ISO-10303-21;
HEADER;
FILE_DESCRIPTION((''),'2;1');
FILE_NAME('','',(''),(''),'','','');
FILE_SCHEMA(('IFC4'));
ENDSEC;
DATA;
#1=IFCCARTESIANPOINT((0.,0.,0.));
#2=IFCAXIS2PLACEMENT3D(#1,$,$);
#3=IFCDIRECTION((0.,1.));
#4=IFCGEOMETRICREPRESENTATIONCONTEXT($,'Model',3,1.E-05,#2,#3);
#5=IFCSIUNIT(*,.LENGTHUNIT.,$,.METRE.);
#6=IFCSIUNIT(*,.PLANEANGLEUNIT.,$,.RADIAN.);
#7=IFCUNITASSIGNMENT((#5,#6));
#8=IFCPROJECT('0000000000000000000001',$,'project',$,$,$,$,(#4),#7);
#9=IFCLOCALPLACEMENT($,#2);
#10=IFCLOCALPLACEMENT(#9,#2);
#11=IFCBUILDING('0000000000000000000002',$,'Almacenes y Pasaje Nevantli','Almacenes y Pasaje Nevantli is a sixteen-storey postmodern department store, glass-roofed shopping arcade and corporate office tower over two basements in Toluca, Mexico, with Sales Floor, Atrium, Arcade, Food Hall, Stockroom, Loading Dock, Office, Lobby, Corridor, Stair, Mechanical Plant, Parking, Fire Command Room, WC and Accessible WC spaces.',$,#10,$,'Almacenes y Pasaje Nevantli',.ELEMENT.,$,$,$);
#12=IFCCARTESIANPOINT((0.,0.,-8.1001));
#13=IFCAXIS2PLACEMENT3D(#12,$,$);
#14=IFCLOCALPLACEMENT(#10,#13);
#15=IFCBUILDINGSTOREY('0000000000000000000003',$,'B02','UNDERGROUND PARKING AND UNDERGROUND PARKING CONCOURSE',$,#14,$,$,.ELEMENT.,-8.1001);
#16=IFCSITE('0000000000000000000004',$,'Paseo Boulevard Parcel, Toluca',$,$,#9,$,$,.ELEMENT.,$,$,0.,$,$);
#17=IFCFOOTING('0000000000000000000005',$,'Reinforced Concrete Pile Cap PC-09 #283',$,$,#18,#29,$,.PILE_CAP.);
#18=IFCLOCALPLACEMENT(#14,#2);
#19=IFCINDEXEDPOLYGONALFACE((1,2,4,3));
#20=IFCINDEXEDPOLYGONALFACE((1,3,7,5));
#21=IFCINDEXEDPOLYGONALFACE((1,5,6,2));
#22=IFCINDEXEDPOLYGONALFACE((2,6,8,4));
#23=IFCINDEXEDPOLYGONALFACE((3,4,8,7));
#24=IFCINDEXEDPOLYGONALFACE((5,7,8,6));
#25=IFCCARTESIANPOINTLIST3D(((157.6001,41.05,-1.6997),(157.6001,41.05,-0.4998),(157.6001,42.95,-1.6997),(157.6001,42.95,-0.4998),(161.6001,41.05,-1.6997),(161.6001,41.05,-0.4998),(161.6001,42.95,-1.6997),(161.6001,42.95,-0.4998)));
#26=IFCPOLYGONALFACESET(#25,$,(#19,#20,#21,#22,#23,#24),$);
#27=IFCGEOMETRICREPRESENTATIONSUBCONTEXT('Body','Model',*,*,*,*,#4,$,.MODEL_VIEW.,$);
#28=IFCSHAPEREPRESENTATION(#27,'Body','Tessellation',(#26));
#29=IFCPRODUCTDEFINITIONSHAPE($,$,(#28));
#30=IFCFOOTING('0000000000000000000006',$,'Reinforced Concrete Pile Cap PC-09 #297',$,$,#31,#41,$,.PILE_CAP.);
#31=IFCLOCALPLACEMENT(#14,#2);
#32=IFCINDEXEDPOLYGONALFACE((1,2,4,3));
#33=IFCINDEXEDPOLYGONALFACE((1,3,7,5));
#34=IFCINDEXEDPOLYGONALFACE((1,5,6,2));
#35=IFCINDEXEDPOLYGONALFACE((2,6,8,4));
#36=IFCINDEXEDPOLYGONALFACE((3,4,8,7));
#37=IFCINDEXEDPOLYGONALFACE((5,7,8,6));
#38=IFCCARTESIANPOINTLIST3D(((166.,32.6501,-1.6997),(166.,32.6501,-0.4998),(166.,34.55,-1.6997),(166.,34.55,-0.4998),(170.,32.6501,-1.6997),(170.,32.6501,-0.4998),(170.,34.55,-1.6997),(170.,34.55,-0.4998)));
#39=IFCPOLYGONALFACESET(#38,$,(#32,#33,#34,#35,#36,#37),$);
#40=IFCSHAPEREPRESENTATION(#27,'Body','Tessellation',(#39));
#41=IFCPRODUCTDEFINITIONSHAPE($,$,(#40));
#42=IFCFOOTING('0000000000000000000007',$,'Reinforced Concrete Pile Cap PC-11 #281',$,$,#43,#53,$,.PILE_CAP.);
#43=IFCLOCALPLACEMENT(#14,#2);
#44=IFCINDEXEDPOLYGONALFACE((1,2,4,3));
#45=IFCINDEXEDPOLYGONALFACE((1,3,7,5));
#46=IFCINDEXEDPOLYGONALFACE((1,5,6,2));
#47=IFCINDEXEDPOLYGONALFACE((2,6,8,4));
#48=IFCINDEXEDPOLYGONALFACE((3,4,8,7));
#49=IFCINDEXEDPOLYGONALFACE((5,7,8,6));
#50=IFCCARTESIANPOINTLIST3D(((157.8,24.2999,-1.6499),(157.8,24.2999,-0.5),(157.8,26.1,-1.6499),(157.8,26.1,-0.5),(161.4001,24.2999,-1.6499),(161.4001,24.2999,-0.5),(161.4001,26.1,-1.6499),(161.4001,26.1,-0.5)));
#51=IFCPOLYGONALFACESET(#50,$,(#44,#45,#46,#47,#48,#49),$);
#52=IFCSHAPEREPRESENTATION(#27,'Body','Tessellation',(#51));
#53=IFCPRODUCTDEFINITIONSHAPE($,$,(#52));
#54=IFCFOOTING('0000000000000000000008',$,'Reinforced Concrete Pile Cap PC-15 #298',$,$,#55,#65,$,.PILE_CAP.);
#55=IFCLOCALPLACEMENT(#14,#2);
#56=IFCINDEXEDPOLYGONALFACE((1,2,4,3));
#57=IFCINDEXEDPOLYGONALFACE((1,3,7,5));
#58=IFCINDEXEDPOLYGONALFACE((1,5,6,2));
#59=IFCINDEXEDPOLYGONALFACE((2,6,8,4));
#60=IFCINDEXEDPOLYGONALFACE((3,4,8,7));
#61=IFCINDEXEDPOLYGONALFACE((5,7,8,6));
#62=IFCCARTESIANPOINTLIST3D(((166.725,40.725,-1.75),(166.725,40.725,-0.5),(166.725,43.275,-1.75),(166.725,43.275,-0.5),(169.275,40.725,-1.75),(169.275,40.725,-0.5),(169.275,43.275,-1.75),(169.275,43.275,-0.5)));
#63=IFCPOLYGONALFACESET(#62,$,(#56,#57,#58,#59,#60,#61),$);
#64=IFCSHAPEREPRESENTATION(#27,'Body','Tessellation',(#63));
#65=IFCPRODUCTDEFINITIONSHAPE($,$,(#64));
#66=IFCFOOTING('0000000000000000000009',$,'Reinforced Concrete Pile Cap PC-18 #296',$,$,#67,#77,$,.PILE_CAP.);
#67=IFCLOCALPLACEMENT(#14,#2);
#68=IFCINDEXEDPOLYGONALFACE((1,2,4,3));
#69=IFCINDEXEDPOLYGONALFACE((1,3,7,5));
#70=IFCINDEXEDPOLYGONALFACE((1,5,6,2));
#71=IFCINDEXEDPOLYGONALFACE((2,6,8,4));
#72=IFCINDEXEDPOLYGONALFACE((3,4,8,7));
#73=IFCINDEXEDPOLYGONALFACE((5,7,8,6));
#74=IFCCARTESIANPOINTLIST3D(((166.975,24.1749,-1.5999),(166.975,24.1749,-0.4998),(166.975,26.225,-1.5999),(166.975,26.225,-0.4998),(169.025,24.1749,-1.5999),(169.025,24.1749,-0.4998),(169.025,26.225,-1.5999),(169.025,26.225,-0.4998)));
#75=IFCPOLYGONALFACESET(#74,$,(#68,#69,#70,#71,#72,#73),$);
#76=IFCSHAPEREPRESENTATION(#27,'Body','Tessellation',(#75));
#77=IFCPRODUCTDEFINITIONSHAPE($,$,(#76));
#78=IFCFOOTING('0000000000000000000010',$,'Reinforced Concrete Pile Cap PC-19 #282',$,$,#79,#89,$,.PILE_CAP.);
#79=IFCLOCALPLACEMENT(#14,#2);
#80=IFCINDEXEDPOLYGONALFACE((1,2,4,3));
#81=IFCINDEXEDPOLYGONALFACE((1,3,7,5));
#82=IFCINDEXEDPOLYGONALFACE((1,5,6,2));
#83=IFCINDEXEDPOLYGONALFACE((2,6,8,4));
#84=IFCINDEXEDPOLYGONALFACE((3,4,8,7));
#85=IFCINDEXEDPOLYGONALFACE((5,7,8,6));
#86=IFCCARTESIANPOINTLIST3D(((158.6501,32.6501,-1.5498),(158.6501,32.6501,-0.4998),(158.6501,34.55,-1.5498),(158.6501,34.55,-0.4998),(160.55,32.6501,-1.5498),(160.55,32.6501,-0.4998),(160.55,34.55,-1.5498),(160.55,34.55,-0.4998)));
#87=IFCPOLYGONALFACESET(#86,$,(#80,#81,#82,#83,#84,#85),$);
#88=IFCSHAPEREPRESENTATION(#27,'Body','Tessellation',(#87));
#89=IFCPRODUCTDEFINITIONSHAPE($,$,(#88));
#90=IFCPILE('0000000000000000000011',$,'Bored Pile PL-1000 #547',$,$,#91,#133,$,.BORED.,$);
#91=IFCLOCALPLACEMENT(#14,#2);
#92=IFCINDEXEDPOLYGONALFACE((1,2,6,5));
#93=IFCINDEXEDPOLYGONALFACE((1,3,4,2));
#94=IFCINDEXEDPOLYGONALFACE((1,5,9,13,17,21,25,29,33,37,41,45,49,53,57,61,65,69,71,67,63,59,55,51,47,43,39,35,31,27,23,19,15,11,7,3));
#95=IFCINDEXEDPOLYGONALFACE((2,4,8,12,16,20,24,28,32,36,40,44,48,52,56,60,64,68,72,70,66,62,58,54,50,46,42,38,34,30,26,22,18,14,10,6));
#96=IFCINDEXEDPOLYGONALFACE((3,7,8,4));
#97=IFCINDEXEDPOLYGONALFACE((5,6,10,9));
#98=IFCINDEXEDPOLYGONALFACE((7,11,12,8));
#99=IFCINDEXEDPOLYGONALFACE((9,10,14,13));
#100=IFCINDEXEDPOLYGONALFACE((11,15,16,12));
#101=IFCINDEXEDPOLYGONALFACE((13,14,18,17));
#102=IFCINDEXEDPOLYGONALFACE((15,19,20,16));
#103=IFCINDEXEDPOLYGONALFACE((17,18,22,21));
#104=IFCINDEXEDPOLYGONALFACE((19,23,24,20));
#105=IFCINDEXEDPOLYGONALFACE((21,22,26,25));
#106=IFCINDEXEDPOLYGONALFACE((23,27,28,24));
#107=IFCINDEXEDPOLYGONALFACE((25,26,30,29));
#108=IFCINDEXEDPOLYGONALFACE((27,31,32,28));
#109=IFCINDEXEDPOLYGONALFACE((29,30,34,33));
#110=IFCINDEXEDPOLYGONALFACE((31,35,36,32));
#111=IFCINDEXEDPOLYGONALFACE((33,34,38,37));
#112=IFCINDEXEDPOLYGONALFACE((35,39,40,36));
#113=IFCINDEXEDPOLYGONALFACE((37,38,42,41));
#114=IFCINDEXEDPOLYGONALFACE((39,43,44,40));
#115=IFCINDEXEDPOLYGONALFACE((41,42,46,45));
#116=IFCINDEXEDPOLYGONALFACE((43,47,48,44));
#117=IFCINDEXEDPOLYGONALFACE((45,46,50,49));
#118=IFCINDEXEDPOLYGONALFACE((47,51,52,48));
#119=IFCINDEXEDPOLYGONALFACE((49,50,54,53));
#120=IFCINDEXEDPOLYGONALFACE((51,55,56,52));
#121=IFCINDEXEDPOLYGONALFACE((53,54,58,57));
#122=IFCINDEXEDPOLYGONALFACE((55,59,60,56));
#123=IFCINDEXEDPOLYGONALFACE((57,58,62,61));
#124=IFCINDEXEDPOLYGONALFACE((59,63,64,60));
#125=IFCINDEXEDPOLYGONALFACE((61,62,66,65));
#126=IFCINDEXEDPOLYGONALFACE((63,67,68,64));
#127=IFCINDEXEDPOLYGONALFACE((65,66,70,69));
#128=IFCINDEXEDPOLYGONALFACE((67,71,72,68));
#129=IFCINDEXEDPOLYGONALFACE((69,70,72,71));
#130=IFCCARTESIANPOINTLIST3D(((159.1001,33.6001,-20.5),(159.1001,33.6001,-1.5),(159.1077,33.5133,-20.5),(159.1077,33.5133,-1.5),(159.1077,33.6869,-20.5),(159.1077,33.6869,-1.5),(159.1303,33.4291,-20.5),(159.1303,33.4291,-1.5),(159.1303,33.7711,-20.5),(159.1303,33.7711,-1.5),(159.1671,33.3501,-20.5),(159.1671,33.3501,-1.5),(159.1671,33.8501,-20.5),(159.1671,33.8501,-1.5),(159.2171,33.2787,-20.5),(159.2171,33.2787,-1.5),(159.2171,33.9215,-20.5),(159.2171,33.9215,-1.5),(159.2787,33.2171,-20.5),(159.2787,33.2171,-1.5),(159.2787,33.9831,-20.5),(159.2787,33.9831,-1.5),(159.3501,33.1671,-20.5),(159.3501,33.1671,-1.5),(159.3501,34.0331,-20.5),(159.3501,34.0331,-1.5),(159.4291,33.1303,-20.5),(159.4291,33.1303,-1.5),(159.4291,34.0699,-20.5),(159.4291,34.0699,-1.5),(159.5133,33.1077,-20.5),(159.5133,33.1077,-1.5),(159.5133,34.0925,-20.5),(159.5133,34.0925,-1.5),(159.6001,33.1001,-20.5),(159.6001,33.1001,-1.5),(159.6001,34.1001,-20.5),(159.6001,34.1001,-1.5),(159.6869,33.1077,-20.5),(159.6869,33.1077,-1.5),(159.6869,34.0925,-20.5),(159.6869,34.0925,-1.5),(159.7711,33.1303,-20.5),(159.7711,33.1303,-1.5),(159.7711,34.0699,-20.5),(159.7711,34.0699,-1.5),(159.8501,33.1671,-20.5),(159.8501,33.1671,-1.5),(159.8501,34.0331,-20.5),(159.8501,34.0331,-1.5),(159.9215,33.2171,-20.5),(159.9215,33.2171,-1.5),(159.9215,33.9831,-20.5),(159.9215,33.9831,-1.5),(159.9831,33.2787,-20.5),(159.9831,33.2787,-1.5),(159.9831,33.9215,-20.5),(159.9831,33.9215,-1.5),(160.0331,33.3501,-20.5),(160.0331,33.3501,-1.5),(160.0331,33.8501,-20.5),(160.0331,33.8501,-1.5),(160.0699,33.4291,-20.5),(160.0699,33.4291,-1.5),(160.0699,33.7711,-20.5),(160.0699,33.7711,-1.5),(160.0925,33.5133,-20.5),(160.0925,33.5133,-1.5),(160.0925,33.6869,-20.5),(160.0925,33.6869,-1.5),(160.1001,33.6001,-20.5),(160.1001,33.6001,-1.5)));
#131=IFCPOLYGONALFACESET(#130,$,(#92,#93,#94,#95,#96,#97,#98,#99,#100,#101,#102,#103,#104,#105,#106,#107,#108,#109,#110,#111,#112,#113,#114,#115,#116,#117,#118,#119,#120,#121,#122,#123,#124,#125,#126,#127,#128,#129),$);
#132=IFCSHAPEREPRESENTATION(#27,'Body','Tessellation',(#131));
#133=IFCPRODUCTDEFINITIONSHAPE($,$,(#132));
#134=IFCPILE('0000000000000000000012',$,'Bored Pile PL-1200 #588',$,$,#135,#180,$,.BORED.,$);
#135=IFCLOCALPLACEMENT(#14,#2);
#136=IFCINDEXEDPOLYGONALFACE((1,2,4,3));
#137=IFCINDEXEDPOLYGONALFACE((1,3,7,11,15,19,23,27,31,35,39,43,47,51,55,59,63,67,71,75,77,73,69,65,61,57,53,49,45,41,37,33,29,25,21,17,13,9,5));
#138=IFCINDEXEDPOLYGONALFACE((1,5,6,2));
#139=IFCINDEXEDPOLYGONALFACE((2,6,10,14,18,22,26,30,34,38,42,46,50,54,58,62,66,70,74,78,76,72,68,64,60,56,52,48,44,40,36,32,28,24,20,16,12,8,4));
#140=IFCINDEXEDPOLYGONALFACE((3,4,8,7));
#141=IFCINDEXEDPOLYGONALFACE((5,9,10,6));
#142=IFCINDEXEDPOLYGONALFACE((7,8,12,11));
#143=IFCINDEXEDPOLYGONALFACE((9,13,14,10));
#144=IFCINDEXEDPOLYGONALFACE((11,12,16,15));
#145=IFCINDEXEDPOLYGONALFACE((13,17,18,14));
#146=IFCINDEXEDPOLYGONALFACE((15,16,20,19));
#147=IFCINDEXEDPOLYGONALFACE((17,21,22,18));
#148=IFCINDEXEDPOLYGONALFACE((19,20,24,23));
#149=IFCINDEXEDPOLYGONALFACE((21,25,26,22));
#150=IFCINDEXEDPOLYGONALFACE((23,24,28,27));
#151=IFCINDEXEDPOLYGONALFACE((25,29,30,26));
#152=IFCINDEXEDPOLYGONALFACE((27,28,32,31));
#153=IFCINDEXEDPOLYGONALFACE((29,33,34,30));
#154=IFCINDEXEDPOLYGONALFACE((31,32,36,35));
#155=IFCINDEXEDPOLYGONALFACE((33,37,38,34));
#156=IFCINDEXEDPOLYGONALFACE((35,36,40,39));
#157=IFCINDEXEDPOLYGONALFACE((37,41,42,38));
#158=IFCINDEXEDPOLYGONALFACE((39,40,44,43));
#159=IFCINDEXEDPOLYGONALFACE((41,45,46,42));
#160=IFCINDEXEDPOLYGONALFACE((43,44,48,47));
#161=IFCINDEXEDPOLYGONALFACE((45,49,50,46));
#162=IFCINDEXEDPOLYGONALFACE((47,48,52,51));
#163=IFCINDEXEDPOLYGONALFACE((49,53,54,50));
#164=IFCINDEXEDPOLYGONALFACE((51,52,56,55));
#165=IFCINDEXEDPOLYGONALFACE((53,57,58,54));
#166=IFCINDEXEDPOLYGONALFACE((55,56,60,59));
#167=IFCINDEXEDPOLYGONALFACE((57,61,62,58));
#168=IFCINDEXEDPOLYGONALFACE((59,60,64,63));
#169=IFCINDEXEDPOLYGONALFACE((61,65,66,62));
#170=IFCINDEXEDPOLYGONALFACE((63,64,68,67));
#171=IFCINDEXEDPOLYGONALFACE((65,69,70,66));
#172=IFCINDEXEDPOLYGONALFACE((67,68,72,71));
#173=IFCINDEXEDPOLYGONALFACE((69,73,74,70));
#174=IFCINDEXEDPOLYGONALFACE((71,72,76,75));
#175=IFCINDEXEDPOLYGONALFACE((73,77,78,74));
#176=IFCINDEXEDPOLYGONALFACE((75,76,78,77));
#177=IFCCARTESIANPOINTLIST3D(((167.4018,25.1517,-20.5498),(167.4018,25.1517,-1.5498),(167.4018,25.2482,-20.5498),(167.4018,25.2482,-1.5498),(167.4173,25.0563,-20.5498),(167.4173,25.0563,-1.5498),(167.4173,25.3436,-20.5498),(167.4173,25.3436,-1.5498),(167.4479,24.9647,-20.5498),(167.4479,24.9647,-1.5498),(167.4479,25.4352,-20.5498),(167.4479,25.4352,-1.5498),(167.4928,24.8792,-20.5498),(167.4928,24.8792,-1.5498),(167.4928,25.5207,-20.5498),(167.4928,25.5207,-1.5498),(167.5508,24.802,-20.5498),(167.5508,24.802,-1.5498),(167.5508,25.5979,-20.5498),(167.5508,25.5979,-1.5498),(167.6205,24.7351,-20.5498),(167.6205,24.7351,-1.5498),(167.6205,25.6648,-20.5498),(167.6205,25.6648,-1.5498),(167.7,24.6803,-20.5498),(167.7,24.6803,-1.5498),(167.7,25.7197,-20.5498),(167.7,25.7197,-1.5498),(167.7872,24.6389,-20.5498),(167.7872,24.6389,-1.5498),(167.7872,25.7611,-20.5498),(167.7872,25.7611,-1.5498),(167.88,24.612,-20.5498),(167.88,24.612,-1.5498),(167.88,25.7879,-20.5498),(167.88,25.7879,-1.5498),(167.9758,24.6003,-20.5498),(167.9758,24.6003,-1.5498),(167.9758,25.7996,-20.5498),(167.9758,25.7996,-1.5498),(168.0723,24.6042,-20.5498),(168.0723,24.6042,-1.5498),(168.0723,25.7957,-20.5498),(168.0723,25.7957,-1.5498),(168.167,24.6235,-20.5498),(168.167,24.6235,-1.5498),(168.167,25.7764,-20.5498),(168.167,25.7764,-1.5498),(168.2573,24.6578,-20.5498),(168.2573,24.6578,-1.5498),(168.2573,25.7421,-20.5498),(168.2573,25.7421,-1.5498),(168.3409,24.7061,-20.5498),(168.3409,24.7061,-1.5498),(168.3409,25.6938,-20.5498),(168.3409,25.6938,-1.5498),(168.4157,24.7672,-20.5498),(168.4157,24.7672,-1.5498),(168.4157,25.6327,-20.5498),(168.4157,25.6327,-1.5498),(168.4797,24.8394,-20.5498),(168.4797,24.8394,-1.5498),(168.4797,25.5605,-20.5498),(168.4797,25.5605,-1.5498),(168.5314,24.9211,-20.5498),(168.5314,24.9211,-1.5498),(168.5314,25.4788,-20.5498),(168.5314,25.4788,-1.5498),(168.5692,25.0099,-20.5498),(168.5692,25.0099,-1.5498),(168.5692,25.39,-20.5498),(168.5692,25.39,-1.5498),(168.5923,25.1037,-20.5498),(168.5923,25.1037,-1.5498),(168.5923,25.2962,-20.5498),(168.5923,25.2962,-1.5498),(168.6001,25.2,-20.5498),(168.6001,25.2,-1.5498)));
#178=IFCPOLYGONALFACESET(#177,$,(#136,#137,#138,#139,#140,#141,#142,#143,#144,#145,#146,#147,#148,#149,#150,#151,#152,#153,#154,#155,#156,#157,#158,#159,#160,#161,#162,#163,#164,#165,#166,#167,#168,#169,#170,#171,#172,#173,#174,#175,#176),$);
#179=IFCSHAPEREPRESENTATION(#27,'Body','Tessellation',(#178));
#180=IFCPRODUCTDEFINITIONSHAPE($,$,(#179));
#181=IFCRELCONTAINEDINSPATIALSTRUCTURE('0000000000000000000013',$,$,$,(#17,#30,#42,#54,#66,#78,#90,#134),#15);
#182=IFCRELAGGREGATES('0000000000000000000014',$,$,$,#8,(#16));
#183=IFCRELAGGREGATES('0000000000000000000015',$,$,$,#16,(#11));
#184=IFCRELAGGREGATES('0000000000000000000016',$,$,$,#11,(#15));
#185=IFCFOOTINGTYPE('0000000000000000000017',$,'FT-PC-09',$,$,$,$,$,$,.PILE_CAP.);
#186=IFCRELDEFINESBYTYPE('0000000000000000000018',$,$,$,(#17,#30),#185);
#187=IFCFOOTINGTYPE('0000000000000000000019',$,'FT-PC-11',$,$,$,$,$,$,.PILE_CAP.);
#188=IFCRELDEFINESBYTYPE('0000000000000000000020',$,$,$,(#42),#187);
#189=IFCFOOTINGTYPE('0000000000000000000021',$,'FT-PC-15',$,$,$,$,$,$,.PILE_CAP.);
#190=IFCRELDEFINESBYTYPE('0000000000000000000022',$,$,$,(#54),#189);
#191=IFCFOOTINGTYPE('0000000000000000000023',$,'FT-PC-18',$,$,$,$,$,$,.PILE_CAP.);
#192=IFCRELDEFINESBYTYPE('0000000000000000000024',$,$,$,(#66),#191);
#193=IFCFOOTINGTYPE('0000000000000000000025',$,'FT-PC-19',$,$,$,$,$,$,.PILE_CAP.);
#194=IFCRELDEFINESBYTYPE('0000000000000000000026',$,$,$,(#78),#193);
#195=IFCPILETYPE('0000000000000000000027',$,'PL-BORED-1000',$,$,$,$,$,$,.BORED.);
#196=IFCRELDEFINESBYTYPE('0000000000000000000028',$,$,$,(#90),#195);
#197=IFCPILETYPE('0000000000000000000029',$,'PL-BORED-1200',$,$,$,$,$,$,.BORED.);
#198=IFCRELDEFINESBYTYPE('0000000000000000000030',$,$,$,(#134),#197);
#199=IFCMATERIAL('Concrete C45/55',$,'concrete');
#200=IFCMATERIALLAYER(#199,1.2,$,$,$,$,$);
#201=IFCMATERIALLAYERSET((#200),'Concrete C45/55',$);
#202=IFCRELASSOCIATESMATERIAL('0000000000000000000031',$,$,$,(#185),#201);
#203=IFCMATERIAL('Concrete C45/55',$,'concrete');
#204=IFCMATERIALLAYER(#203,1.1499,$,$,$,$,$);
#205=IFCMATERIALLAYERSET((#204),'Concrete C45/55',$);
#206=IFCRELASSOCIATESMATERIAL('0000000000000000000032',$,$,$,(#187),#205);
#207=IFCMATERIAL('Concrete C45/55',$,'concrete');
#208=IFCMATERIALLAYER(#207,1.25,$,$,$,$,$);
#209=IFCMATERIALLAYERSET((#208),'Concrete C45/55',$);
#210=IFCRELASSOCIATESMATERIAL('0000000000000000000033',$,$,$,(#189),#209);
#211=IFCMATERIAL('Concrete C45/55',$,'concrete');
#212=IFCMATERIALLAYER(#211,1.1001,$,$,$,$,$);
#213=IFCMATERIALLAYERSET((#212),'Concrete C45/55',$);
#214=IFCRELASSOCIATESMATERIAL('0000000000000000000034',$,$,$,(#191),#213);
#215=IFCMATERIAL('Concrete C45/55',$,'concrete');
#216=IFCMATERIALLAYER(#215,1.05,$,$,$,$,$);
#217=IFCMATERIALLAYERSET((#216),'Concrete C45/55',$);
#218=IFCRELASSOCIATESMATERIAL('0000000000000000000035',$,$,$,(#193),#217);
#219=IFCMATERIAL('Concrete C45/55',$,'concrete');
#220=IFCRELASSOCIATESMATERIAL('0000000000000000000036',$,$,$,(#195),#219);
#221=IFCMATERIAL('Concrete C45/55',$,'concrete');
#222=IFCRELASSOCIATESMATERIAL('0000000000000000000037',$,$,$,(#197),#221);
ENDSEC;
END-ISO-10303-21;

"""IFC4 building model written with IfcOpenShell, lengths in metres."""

from ifc_helpers import new_model, si_unit, direction, frame, origin, origin_2d, place, context, subcontext, project, spatial, rectangle, circle, extrude, material, layer, layer_set, material_profile, profile_set, type_object, element, save


model = new_model("IFC4")

# Units and contexts
model_context = context("Model", 3, precision=1e-05, world=origin(), true_north=direction((0.0, 1.0)))
body_context = subcontext(model_context, "Body", "Model", "MODEL_VIEW")
ifc_project = project(units=[si_unit("LENGTHUNIT", "METRE"), si_unit("PLANEANGLEUNIT", "RADIAN")], contexts=[model_context])

# Site, building, storey
site_placement = place(None, origin())
site = spatial("IfcSite", under=ifc_project, at=site_placement, Name="Paseo Boulevard Parcel, Toluca", CompositionType="ELEMENT", RefElevation=0.0)
building_placement = place(site_placement, origin())
building = spatial("IfcBuilding", under=site, at=building_placement, Name="Almacenes y Pasaje Nevantli", Description="Almacenes y Pasaje Nevantli is a sixteen-storey postmodern department store, glass-roofed shopping arcade and corporate office tower over two basements in Toluca, Mexico, with Sales Floor, Atrium, Arcade, Food Hall, Stockroom, Loading Dock, Office, Lobby, Corridor, Stair, Mechanical Plant, Parking, Fire Command Room, WC and Accessible WC spaces.", LongName="Almacenes y Pasaje Nevantli", CompositionType="ELEMENT")
storey_placement = place(building_placement, frame((0.0, 0.0, -8.1001)))
storey = spatial("IfcBuildingStorey", under=building, at=storey_placement, Name="B02", Description="UNDERGROUND PARKING AND UNDERGROUND PARKING CONCOURSE", CompositionType="ELEMENT", Elevation=-8.1001)

# Footings
ifc_material_1 = material(Name="Concrete C45/55", Category="concrete")
ifc_layer_1 = layer(ifc_material_1, 1.2)
ifc_layer_set_1 = layer_set([ifc_layer_1], Name="Concrete C45/55")
footing_type_1 = type_object("IfcFootingType", Name="FT-PC-09", PredefinedType="PILE_CAP", material=ifc_layer_set_1)
for number, where, z_axis, x_axis, name in (
    (1, (159.6001, 42.0, -1.6997), (0.0, 0.0, 1.0), (1.0, 0.0, 0.0), "Reinforced Concrete Pile Cap PC-09 #283"),
    (2, (168.0, 33.6001, -1.6997), (0.0, 0.0, 1.0), (1.0, 0.0, 0.0), "Reinforced Concrete Pile Cap PC-09 #297"),
):
    element("IfcFooting", number, at=place(storey_placement, frame(where, z_axis=z_axis, x_axis=x_axis)), inside=storey, type_object=footing_type_1, Name=name, PredefinedType="PILE_CAP", context=body_context, shape_type="SweptSolid", body=[
        extrude(rectangle(XDim=4.0, YDim=1.8999, at=origin_2d()), origin(), (0.0, 0.0, 1.0), 1.2),
    ])
ifc_material_2 = material(Name="Concrete C45/55", Category="concrete")
ifc_layer_2 = layer(ifc_material_2, 1.1499)
ifc_layer_set_2 = layer_set([ifc_layer_2], Name="Concrete C45/55")
footing_type_2 = type_object("IfcFootingType", Name="FT-PC-11", PredefinedType="PILE_CAP", material=ifc_layer_set_2)
footing_1_placement = place(storey_placement, frame((159.6001, 25.2, -1.6499), z_axis=(0.0, 0.0, 1.0), x_axis=(1.0, 0.0, 0.0)))
element("IfcFooting", 3, at=footing_1_placement, inside=storey, type_object=footing_type_2, Name="Reinforced Concrete Pile Cap PC-11 #281", PredefinedType="PILE_CAP", context=body_context, shape_type="SweptSolid", body=[
    extrude(rectangle(XDim=3.6001, YDim=1.8, at=origin_2d()), origin(), (0.0, 0.0, 1.0), 1.1499),
])
ifc_material_3 = material(Name="Concrete C45/55", Category="concrete")
ifc_layer_3 = layer(ifc_material_3, 1.25)
ifc_layer_set_3 = layer_set([ifc_layer_3], Name="Concrete C45/55")
footing_type_3 = type_object("IfcFootingType", Name="FT-PC-15", PredefinedType="PILE_CAP", material=ifc_layer_set_3)
footing_2_placement = place(storey_placement, frame((168.0, 42.0, -1.75), z_axis=(0.0, 0.0, 1.0), x_axis=(1.0, 0.0, 0.0)))
element("IfcFooting", 4, at=footing_2_placement, inside=storey, type_object=footing_type_3, Name="Reinforced Concrete Pile Cap PC-15 #298", PredefinedType="PILE_CAP", context=body_context, shape_type="SweptSolid", body=[
    extrude(rectangle(XDim=2.55, YDim=2.55, at=origin_2d()), origin(), (0.0, 0.0, 1.0), 1.25),
])
ifc_material_4 = material(Name="Concrete C45/55", Category="concrete")
ifc_layer_4 = layer(ifc_material_4, 1.1001)
ifc_layer_set_4 = layer_set([ifc_layer_4], Name="Concrete C45/55")
footing_type_4 = type_object("IfcFootingType", Name="FT-PC-18", PredefinedType="PILE_CAP", material=ifc_layer_set_4)
footing_3_placement = place(storey_placement, frame((168.0, 25.2, -1.5999), z_axis=(0.0, 0.0, 1.0), x_axis=(1.0, 0.0, 0.0)))
element("IfcFooting", 5, at=footing_3_placement, inside=storey, type_object=footing_type_4, Name="Reinforced Concrete Pile Cap PC-18 #296", PredefinedType="PILE_CAP", context=body_context, shape_type="SweptSolid", body=[
    extrude(rectangle(XDim=2.05, YDim=2.05, at=origin_2d()), origin(), (0.0, 0.0, 1.0), 1.1001),
])
ifc_material_5 = material(Name="Concrete C45/55", Category="concrete")
ifc_layer_5 = layer(ifc_material_5, 1.05)
ifc_layer_set_5 = layer_set([ifc_layer_5], Name="Concrete C45/55")
footing_type_5 = type_object("IfcFootingType", Name="FT-PC-19", PredefinedType="PILE_CAP", material=ifc_layer_set_5)
footing_4_placement = place(storey_placement, frame((159.6001, 33.6001, -1.5498), z_axis=(0.0, 0.0, 1.0), x_axis=(1.0, 0.0, 0.0)))
element("IfcFooting", 6, at=footing_4_placement, inside=storey, type_object=footing_type_5, Name="Reinforced Concrete Pile Cap PC-19 #282", PredefinedType="PILE_CAP", context=body_context, shape_type="SweptSolid", body=[
    extrude(rectangle(XDim=1.8999, YDim=1.8999, at=origin_2d()), origin(), (0.0, 0.0, 1.0), 1.05),
])

# Piles
ifc_material_6 = material(Name="Concrete C45/55", Category="concrete")
ifc_material_profile_1 = material_profile(ifc_material_6, circle(Radius=0.5, at=origin_2d()), Name="RC-PILE-D1000")
ifc_profile_set_1 = profile_set([ifc_material_profile_1], Name="Concrete C45/55")
pile_type_1 = type_object("IfcPileType", Name="PL-BORED-1000", PredefinedType="BORED", material=ifc_profile_set_1)
pile_placement = place(storey_placement, frame((159.6001, 33.6001, -1.5), z_axis=(0.0, 0.0, -1.0), x_axis=(1.0, 0.0, 0.0)))
element("IfcPile", 7, at=pile_placement, inside=storey, type_object=pile_type_1, Name="Bored Pile PL-1000 #547", PredefinedType="BORED", context=body_context, shape_type="SweptSolid", body=[
    extrude(circle(Radius=0.5, at=origin_2d()), origin(), (0.0, 0.0, 1.0), 19.0),
])
ifc_material_7 = material(Name="Concrete C45/55", Category="concrete")
ifc_material_profile_2 = material_profile(ifc_material_7, circle(Radius=0.6001, at=origin_2d()), Name="RC-PILE-D1200")
ifc_profile_set_2 = profile_set([ifc_material_profile_2], Name="Concrete C45/55")
pile_type_2 = type_object("IfcPileType", Name="PL-BORED-1200", PredefinedType="BORED", material=ifc_profile_set_2)
for number, where, z_axis, x_axis, name in (
    (8, (168.0, 25.2, -1.5498), (0.0, 0.0, -1.0), (1.0, 0.0, 0.0), "Bored Pile PL-1200 #588"),
):
    element("IfcPile", number, at=place(storey_placement, frame(where, z_axis=z_axis, x_axis=x_axis)), inside=storey, type_object=pile_type_2, Name=name, PredefinedType="BORED", context=body_context, shape_type="SweptSolid", body=[
        extrude(circle(Radius=0.6001, at=origin_2d()), origin(), (0.0, 0.0, 1.0), 19.0),
    ])

save(model, "model.ifc")
